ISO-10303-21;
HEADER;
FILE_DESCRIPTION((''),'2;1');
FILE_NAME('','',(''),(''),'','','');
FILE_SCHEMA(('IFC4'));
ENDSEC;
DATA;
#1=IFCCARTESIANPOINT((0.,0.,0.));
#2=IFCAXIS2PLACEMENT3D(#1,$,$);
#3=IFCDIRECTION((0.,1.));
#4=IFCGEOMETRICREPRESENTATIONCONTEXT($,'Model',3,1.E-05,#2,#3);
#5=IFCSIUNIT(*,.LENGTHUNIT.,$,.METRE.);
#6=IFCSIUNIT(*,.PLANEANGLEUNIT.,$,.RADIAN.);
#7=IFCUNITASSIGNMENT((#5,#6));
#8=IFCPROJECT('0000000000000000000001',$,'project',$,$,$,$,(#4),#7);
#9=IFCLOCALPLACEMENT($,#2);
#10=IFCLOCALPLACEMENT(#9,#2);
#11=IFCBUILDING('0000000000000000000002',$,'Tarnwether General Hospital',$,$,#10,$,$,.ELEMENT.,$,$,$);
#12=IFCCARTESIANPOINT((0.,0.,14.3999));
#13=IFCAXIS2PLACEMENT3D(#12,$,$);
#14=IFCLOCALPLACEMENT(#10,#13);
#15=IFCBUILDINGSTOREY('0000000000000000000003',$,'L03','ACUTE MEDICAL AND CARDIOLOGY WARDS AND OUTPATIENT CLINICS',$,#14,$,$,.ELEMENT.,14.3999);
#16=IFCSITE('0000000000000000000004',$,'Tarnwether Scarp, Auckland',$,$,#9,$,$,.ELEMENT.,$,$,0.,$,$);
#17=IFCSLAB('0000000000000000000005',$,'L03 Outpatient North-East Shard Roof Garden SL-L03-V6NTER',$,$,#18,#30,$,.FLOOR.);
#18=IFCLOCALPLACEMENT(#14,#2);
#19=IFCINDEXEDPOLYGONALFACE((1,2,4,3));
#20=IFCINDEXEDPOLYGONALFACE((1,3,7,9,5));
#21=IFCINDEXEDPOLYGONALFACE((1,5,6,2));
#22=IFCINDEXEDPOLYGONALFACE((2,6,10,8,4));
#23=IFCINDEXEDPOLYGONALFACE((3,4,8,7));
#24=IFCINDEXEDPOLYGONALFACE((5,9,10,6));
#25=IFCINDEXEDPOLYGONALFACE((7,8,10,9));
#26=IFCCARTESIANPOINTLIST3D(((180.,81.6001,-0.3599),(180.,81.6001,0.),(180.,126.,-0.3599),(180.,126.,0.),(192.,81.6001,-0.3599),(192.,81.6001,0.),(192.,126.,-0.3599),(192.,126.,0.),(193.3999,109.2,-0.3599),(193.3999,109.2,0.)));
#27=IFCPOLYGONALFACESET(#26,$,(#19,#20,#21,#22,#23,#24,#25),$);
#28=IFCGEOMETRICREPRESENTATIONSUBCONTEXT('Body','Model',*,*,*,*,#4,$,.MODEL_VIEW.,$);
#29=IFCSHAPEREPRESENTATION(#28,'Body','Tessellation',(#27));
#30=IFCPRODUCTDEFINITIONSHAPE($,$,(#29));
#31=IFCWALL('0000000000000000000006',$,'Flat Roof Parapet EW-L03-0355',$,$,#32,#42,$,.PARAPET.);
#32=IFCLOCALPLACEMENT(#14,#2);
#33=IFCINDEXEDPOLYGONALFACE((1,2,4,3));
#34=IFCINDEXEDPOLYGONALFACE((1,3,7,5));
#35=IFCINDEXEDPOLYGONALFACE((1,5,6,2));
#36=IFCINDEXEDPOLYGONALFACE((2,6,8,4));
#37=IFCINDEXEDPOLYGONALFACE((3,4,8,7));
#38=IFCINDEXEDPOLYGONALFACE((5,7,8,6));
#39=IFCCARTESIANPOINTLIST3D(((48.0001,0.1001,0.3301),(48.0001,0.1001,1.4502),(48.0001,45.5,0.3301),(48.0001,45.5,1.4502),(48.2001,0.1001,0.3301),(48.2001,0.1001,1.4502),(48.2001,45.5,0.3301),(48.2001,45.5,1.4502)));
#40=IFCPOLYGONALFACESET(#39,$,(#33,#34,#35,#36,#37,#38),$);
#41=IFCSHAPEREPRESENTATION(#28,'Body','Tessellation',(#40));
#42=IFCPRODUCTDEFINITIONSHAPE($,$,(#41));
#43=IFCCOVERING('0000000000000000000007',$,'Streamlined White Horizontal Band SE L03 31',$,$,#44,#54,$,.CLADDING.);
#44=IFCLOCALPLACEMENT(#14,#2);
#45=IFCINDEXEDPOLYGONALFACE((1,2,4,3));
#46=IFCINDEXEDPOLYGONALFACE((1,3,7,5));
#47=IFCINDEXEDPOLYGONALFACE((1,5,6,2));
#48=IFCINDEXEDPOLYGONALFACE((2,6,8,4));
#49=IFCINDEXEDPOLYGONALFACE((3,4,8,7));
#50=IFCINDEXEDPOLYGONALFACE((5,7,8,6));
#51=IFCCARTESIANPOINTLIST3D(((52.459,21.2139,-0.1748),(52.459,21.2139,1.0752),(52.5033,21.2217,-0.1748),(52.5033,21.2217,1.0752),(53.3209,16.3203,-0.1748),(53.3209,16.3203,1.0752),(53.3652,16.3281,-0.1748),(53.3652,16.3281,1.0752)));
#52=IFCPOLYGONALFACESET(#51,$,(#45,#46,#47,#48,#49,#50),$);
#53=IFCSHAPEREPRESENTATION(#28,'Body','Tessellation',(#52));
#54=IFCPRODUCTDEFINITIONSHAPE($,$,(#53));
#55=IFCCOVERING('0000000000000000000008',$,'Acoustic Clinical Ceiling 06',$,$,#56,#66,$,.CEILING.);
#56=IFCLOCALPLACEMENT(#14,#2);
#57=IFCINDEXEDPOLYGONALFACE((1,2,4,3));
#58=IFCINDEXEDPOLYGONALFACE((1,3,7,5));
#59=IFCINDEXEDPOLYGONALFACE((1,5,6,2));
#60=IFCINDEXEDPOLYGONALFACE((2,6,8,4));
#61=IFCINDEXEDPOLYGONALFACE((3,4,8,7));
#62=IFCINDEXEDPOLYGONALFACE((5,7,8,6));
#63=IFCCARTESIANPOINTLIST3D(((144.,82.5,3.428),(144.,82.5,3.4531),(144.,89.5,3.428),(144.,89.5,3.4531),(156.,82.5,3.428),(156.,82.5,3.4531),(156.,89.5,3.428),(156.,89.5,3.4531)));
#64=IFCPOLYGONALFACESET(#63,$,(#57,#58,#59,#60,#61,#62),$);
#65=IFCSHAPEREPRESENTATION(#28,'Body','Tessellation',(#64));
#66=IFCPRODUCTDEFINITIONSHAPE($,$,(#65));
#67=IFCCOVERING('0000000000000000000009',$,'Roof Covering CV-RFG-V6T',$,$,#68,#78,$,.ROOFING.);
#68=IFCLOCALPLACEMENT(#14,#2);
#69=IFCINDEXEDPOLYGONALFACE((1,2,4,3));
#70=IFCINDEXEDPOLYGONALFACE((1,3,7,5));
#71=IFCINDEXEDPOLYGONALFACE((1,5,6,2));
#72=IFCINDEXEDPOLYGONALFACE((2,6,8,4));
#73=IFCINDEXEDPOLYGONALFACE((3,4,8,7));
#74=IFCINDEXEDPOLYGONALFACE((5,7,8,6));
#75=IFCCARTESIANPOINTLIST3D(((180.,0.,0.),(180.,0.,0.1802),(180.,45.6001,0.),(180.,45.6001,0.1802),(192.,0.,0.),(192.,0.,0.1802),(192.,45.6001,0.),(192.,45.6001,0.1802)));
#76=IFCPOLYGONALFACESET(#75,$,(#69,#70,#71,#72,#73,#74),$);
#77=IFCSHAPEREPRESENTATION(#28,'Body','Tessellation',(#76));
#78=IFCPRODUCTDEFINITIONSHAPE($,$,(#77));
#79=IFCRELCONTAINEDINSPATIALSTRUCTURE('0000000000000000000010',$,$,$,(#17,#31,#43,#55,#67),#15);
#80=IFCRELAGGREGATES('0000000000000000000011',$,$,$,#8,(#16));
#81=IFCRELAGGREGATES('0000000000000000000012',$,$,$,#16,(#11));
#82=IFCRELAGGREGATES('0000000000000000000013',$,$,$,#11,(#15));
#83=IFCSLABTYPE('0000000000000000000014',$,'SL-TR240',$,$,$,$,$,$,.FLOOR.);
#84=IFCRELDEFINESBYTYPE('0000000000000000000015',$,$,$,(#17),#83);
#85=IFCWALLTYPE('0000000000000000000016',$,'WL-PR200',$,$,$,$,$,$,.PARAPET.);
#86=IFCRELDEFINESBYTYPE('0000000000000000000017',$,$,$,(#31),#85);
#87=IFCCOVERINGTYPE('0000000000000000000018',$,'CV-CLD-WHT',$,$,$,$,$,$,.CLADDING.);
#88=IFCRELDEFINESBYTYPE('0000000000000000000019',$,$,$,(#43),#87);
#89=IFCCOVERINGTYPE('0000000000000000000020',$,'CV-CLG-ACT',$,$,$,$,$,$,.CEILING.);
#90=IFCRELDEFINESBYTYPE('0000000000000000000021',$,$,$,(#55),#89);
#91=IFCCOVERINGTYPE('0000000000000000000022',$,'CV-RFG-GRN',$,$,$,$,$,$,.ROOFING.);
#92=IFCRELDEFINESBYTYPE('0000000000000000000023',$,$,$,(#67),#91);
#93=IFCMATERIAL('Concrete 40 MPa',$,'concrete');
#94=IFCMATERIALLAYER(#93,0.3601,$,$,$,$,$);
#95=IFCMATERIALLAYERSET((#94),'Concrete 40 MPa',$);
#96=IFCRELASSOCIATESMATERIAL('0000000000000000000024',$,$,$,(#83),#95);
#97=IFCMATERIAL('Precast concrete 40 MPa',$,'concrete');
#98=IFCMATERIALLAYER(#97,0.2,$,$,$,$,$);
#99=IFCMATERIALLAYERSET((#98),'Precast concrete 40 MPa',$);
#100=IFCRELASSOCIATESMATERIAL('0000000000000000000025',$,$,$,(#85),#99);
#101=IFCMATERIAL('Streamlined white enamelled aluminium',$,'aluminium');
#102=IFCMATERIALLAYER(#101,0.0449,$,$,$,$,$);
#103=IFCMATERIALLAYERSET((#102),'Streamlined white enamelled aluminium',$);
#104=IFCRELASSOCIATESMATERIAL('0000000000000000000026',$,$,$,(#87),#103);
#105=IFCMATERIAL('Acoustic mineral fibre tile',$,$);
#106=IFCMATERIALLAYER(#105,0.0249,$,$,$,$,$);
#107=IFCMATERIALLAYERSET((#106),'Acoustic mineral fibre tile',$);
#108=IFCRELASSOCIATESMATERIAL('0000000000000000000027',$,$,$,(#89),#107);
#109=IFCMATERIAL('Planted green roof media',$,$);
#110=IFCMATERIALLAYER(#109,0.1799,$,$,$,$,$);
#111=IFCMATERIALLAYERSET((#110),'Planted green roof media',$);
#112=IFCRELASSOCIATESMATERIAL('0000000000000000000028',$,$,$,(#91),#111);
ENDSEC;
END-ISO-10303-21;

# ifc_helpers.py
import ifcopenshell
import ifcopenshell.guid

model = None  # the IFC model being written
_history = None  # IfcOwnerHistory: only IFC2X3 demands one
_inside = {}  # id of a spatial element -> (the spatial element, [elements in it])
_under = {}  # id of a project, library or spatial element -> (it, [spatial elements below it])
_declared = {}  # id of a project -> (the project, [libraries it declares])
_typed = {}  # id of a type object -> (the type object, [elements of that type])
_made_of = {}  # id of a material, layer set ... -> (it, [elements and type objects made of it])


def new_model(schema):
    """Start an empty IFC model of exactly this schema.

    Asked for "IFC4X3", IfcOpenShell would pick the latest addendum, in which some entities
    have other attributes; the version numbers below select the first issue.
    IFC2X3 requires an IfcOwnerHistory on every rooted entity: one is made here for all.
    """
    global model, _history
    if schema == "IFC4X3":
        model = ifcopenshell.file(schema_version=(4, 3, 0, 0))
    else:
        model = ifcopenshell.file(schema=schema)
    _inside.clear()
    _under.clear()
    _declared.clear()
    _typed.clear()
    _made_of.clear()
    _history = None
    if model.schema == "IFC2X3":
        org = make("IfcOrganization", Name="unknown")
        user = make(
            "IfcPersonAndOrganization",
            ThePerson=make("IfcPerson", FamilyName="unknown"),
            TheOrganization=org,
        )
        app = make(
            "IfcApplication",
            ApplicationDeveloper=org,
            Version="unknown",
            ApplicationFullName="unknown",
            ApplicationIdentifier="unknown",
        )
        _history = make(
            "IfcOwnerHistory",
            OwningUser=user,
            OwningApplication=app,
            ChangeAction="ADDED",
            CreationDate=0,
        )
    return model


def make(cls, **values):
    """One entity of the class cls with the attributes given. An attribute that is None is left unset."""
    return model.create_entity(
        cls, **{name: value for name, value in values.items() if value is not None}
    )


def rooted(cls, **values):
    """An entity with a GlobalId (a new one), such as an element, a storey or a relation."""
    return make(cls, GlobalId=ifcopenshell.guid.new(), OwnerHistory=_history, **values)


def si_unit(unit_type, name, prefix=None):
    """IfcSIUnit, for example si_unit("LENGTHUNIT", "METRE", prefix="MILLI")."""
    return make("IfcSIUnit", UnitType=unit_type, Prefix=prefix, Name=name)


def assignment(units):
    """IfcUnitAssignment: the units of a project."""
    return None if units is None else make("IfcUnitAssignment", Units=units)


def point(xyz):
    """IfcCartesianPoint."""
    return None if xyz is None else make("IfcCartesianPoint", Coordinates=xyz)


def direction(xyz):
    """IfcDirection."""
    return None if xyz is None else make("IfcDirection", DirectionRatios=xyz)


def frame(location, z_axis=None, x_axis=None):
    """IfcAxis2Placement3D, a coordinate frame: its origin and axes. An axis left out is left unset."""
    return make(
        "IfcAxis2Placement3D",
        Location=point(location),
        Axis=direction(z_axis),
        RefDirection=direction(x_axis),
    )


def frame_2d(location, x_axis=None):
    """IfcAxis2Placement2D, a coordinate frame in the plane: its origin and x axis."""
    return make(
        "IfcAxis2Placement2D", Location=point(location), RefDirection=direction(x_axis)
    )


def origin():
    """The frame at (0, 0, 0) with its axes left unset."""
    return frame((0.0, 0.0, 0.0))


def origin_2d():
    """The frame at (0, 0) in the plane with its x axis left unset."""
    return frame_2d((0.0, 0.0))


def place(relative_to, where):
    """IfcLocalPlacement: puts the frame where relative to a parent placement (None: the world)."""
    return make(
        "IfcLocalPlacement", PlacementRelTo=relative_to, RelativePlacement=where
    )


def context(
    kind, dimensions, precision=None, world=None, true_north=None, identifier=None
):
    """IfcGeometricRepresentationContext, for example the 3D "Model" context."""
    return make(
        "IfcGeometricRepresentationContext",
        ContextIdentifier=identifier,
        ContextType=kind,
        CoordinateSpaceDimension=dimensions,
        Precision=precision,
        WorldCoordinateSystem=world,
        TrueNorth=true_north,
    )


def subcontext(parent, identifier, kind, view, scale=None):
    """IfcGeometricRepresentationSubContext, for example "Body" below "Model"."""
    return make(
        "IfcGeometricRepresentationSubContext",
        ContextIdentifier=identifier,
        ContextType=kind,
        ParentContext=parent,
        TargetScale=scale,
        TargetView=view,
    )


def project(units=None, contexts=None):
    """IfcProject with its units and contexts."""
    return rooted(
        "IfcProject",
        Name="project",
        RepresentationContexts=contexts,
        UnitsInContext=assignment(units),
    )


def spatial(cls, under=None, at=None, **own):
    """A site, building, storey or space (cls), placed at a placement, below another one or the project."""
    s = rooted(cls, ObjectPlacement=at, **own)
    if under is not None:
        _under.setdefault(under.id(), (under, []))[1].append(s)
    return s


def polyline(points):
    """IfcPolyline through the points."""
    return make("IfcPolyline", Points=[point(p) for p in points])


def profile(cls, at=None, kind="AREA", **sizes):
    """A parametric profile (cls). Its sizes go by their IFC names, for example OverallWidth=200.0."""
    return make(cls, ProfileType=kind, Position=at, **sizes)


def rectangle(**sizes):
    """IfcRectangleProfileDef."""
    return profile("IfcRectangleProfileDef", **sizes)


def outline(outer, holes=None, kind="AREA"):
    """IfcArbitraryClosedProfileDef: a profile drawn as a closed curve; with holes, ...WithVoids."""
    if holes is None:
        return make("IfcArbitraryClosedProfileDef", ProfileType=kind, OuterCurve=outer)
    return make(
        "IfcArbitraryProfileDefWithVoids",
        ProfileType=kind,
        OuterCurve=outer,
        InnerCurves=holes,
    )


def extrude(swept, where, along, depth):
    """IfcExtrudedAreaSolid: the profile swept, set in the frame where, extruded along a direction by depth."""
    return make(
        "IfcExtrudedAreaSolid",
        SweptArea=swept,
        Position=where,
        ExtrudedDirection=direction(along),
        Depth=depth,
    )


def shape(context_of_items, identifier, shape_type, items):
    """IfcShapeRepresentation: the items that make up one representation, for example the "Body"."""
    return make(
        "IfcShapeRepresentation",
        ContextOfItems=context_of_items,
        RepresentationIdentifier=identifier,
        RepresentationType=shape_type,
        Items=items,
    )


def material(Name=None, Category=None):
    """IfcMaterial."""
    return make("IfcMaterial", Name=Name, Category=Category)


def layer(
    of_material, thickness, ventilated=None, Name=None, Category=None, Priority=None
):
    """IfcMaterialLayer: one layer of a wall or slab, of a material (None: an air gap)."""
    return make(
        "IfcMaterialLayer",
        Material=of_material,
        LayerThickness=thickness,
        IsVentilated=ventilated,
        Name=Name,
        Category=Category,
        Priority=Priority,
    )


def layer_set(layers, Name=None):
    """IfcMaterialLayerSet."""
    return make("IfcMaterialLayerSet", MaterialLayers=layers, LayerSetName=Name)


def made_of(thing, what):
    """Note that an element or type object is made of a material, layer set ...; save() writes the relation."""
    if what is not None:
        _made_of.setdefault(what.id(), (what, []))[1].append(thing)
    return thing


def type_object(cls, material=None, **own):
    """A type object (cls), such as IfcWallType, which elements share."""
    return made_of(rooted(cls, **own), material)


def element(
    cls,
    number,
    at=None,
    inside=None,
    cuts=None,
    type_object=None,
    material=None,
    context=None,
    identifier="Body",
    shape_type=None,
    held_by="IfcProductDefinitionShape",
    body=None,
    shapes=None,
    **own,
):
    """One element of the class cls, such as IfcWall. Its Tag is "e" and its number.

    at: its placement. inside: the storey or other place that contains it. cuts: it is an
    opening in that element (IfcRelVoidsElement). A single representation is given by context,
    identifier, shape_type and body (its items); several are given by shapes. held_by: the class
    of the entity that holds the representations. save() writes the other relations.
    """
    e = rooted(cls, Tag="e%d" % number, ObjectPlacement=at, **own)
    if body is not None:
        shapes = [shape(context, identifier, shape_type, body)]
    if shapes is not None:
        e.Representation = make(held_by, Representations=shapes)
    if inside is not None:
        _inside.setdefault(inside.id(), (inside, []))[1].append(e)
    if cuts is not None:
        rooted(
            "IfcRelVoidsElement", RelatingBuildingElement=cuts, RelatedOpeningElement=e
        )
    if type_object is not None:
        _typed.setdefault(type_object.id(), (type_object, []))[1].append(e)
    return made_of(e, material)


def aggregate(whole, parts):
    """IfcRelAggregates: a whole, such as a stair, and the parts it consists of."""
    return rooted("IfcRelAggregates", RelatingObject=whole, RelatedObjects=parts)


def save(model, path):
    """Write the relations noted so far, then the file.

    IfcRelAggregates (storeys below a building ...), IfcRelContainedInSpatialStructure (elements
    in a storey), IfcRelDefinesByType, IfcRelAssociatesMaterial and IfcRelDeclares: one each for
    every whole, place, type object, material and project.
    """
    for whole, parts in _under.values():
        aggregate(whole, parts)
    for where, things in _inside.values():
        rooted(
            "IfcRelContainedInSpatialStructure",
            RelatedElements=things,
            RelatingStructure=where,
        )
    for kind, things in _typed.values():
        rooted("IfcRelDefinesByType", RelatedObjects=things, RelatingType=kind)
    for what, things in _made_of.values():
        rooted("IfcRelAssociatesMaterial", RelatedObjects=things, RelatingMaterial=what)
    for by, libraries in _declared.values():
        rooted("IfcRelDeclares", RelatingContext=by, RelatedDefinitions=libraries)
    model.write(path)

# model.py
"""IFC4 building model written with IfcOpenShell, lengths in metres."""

from ifc_helpers import new_model, si_unit, direction, frame, frame_2d, origin, origin_2d, place, context, subcontext, project, spatial, polyline, rectangle, outline, extrude, material, layer, layer_set, type_object, element, save


model = new_model("IFC4")

# Units and contexts
model_context = context("Model", 3, precision=1e-05, world=origin(), true_north=direction((0.0, 1.0)))
body_context = subcontext(model_context, "Body", "Model", "MODEL_VIEW")
ifc_project = project(units=[si_unit("LENGTHUNIT", "METRE"), si_unit("PLANEANGLEUNIT", "RADIAN")], contexts=[model_context])

# Site, building, storey
site_placement = place(None, origin())
site = spatial("IfcSite", under=ifc_project, at=site_placement, Name="Tarnwether Scarp, Auckland", CompositionType="ELEMENT", RefElevation=0.0)
building_placement = place(site_placement, origin())
building = spatial("IfcBuilding", under=site, at=building_placement, Name="Tarnwether General Hospital", CompositionType="ELEMENT")
storey_placement = place(building_placement, frame((0.0, 0.0, 14.3999)))
storey = spatial("IfcBuildingStorey", under=building, at=storey_placement, Name="L03", Description="ACUTE MEDICAL AND CARDIOLOGY WARDS AND OUTPATIENT CLINICS", CompositionType="ELEMENT", Elevation=14.3999)

# Slab
ifc_material_1 = material(Name="Concrete 40 MPa", Category="concrete")
ifc_layer_1 = layer(ifc_material_1, 0.3601)
ifc_layer_set_1 = layer_set([ifc_layer_1], Name="Concrete 40 MPa")
slab_type_1 = type_object("IfcSlabType", Name="SL-TR240", PredefinedType="FLOOR", material=ifc_layer_set_1)
slab_1_placement = place(storey_placement, frame((0.0, 0.0, -0.3599)))
element("IfcSlab", 1, at=slab_1_placement, inside=storey, type_object=slab_type_1, Name="L03 Outpatient North-East Shard Roof Garden SL-L03-V6NTER", PredefinedType="FLOOR", context=body_context, shape_type="SweptSolid", body=[
    extrude(outline(polyline([(192.0, 126.0), (193.3999, 109.2), (192.0, 81.6001), (180.0, 81.6001), (180.0, 126.0), (192.0, 126.0)])), origin(), (0.0, 0.0, 1.0), 0.3599),
])

# Wall
ifc_material_2 = material(Name="Precast concrete 40 MPa", Category="concrete")
ifc_layer_2 = layer(ifc_material_2, 0.2)
ifc_layer_set_2 = layer_set([ifc_layer_2], Name="Precast concrete 40 MPa")
wall_type = type_object("IfcWallType", Name="WL-PR200", PredefinedType="PARAPET", material=ifc_layer_set_2)
wall_placement = place(storey_placement, frame((48.1001, 0.1001, 0.3301), z_axis=(0.0, 0.0, 1.0), x_axis=(0.0, 1.0, 0.0)))
element("IfcWall", 2, at=wall_placement, inside=storey, type_object=wall_type, Name="Flat Roof Parapet EW-L03-0355", PredefinedType="PARAPET", context=body_context, shape_type="SweptSolid", body=[
    extrude(rectangle(XDim=45.3999, YDim=0.2, at=frame_2d((22.7, 0.0))), origin(), (0.0, 0.0, 1.0), 1.1201),
])

# Coverings
ifc_material_3 = material(Name="Streamlined white enamelled aluminium", Category="aluminium")
ifc_layer_3 = layer(ifc_material_3, 0.0449)
ifc_layer_set_3 = layer_set([ifc_layer_3], Name="Streamlined white enamelled aluminium")
covering_type_1 = type_object("IfcCoveringType", Name="CV-CLD-WHT", PredefinedType="CLADDING", material=ifc_layer_set_3)
covering_1_placement = place(storey_placement, frame((52.9121, 18.771, -0.1748), z_axis=(0.0, 0.0, 1.0), x_axis=(-0.173459, 0.984841, 0.0)))
element("IfcCovering", 3, at=covering_1_placement, inside=storey, type_object=covering_type_1, Name="Streamlined White Horizontal Band SE L03 31", PredefinedType="CLADDING", context=body_context, shape_type="SweptSolid", body=[
    extrude(rectangle(XDim=4.969, YDim=0.0449, at=origin_2d()), origin(), (0.0, 0.0, 1.0), 1.25),
])
ifc_material_4 = material(Name="Acoustic mineral fibre tile")
ifc_layer_4 = layer(ifc_material_4, 0.0249)
ifc_layer_set_4 = layer_set([ifc_layer_4], Name="Acoustic mineral fibre tile")
covering_type_2 = type_object("IfcCoveringType", Name="CV-CLG-ACT", PredefinedType="CEILING", material=ifc_layer_set_4)
covering_2_placement = place(storey_placement, frame((0.0, 0.0, 3.428)))
element("IfcCovering", 4, at=covering_2_placement, inside=storey, type_object=covering_type_2, Name="Acoustic Clinical Ceiling 06", PredefinedType="CEILING", context=body_context, shape_type="SweptSolid", body=[
    extrude(outline(polyline([(144.0, 82.5), (156.0, 82.5), (156.0, 89.5), (144.0, 89.5), (144.0, 82.5)])), origin(), (0.0, 0.0, 1.0), 0.0251),
])
ifc_material_5 = material(Name="Planted green roof media")
ifc_layer_5 = layer(ifc_material_5, 0.1799)
ifc_layer_set_5 = layer_set([ifc_layer_5], Name="Planted green roof media")
covering_type_3 = type_object("IfcCoveringType", Name="CV-RFG-GRN", PredefinedType="ROOFING", material=ifc_layer_set_5)
covering_3_placement = place(storey_placement, origin())
element("IfcCovering", 5, at=covering_3_placement, inside=storey, type_object=covering_type_3, Name="Roof Covering CV-RFG-V6T", PredefinedType="ROOFING", context=body_context, shape_type="SweptSolid", body=[
    extrude(outline(polyline([(192.0, 0.0), (192.0, 45.6001), (180.0, 45.6001), (180.0, 0.0), (192.0, 0.0)])), origin(), (0.0, 0.0, 1.0), 0.1802),
])

save(model, "model.ifc")
